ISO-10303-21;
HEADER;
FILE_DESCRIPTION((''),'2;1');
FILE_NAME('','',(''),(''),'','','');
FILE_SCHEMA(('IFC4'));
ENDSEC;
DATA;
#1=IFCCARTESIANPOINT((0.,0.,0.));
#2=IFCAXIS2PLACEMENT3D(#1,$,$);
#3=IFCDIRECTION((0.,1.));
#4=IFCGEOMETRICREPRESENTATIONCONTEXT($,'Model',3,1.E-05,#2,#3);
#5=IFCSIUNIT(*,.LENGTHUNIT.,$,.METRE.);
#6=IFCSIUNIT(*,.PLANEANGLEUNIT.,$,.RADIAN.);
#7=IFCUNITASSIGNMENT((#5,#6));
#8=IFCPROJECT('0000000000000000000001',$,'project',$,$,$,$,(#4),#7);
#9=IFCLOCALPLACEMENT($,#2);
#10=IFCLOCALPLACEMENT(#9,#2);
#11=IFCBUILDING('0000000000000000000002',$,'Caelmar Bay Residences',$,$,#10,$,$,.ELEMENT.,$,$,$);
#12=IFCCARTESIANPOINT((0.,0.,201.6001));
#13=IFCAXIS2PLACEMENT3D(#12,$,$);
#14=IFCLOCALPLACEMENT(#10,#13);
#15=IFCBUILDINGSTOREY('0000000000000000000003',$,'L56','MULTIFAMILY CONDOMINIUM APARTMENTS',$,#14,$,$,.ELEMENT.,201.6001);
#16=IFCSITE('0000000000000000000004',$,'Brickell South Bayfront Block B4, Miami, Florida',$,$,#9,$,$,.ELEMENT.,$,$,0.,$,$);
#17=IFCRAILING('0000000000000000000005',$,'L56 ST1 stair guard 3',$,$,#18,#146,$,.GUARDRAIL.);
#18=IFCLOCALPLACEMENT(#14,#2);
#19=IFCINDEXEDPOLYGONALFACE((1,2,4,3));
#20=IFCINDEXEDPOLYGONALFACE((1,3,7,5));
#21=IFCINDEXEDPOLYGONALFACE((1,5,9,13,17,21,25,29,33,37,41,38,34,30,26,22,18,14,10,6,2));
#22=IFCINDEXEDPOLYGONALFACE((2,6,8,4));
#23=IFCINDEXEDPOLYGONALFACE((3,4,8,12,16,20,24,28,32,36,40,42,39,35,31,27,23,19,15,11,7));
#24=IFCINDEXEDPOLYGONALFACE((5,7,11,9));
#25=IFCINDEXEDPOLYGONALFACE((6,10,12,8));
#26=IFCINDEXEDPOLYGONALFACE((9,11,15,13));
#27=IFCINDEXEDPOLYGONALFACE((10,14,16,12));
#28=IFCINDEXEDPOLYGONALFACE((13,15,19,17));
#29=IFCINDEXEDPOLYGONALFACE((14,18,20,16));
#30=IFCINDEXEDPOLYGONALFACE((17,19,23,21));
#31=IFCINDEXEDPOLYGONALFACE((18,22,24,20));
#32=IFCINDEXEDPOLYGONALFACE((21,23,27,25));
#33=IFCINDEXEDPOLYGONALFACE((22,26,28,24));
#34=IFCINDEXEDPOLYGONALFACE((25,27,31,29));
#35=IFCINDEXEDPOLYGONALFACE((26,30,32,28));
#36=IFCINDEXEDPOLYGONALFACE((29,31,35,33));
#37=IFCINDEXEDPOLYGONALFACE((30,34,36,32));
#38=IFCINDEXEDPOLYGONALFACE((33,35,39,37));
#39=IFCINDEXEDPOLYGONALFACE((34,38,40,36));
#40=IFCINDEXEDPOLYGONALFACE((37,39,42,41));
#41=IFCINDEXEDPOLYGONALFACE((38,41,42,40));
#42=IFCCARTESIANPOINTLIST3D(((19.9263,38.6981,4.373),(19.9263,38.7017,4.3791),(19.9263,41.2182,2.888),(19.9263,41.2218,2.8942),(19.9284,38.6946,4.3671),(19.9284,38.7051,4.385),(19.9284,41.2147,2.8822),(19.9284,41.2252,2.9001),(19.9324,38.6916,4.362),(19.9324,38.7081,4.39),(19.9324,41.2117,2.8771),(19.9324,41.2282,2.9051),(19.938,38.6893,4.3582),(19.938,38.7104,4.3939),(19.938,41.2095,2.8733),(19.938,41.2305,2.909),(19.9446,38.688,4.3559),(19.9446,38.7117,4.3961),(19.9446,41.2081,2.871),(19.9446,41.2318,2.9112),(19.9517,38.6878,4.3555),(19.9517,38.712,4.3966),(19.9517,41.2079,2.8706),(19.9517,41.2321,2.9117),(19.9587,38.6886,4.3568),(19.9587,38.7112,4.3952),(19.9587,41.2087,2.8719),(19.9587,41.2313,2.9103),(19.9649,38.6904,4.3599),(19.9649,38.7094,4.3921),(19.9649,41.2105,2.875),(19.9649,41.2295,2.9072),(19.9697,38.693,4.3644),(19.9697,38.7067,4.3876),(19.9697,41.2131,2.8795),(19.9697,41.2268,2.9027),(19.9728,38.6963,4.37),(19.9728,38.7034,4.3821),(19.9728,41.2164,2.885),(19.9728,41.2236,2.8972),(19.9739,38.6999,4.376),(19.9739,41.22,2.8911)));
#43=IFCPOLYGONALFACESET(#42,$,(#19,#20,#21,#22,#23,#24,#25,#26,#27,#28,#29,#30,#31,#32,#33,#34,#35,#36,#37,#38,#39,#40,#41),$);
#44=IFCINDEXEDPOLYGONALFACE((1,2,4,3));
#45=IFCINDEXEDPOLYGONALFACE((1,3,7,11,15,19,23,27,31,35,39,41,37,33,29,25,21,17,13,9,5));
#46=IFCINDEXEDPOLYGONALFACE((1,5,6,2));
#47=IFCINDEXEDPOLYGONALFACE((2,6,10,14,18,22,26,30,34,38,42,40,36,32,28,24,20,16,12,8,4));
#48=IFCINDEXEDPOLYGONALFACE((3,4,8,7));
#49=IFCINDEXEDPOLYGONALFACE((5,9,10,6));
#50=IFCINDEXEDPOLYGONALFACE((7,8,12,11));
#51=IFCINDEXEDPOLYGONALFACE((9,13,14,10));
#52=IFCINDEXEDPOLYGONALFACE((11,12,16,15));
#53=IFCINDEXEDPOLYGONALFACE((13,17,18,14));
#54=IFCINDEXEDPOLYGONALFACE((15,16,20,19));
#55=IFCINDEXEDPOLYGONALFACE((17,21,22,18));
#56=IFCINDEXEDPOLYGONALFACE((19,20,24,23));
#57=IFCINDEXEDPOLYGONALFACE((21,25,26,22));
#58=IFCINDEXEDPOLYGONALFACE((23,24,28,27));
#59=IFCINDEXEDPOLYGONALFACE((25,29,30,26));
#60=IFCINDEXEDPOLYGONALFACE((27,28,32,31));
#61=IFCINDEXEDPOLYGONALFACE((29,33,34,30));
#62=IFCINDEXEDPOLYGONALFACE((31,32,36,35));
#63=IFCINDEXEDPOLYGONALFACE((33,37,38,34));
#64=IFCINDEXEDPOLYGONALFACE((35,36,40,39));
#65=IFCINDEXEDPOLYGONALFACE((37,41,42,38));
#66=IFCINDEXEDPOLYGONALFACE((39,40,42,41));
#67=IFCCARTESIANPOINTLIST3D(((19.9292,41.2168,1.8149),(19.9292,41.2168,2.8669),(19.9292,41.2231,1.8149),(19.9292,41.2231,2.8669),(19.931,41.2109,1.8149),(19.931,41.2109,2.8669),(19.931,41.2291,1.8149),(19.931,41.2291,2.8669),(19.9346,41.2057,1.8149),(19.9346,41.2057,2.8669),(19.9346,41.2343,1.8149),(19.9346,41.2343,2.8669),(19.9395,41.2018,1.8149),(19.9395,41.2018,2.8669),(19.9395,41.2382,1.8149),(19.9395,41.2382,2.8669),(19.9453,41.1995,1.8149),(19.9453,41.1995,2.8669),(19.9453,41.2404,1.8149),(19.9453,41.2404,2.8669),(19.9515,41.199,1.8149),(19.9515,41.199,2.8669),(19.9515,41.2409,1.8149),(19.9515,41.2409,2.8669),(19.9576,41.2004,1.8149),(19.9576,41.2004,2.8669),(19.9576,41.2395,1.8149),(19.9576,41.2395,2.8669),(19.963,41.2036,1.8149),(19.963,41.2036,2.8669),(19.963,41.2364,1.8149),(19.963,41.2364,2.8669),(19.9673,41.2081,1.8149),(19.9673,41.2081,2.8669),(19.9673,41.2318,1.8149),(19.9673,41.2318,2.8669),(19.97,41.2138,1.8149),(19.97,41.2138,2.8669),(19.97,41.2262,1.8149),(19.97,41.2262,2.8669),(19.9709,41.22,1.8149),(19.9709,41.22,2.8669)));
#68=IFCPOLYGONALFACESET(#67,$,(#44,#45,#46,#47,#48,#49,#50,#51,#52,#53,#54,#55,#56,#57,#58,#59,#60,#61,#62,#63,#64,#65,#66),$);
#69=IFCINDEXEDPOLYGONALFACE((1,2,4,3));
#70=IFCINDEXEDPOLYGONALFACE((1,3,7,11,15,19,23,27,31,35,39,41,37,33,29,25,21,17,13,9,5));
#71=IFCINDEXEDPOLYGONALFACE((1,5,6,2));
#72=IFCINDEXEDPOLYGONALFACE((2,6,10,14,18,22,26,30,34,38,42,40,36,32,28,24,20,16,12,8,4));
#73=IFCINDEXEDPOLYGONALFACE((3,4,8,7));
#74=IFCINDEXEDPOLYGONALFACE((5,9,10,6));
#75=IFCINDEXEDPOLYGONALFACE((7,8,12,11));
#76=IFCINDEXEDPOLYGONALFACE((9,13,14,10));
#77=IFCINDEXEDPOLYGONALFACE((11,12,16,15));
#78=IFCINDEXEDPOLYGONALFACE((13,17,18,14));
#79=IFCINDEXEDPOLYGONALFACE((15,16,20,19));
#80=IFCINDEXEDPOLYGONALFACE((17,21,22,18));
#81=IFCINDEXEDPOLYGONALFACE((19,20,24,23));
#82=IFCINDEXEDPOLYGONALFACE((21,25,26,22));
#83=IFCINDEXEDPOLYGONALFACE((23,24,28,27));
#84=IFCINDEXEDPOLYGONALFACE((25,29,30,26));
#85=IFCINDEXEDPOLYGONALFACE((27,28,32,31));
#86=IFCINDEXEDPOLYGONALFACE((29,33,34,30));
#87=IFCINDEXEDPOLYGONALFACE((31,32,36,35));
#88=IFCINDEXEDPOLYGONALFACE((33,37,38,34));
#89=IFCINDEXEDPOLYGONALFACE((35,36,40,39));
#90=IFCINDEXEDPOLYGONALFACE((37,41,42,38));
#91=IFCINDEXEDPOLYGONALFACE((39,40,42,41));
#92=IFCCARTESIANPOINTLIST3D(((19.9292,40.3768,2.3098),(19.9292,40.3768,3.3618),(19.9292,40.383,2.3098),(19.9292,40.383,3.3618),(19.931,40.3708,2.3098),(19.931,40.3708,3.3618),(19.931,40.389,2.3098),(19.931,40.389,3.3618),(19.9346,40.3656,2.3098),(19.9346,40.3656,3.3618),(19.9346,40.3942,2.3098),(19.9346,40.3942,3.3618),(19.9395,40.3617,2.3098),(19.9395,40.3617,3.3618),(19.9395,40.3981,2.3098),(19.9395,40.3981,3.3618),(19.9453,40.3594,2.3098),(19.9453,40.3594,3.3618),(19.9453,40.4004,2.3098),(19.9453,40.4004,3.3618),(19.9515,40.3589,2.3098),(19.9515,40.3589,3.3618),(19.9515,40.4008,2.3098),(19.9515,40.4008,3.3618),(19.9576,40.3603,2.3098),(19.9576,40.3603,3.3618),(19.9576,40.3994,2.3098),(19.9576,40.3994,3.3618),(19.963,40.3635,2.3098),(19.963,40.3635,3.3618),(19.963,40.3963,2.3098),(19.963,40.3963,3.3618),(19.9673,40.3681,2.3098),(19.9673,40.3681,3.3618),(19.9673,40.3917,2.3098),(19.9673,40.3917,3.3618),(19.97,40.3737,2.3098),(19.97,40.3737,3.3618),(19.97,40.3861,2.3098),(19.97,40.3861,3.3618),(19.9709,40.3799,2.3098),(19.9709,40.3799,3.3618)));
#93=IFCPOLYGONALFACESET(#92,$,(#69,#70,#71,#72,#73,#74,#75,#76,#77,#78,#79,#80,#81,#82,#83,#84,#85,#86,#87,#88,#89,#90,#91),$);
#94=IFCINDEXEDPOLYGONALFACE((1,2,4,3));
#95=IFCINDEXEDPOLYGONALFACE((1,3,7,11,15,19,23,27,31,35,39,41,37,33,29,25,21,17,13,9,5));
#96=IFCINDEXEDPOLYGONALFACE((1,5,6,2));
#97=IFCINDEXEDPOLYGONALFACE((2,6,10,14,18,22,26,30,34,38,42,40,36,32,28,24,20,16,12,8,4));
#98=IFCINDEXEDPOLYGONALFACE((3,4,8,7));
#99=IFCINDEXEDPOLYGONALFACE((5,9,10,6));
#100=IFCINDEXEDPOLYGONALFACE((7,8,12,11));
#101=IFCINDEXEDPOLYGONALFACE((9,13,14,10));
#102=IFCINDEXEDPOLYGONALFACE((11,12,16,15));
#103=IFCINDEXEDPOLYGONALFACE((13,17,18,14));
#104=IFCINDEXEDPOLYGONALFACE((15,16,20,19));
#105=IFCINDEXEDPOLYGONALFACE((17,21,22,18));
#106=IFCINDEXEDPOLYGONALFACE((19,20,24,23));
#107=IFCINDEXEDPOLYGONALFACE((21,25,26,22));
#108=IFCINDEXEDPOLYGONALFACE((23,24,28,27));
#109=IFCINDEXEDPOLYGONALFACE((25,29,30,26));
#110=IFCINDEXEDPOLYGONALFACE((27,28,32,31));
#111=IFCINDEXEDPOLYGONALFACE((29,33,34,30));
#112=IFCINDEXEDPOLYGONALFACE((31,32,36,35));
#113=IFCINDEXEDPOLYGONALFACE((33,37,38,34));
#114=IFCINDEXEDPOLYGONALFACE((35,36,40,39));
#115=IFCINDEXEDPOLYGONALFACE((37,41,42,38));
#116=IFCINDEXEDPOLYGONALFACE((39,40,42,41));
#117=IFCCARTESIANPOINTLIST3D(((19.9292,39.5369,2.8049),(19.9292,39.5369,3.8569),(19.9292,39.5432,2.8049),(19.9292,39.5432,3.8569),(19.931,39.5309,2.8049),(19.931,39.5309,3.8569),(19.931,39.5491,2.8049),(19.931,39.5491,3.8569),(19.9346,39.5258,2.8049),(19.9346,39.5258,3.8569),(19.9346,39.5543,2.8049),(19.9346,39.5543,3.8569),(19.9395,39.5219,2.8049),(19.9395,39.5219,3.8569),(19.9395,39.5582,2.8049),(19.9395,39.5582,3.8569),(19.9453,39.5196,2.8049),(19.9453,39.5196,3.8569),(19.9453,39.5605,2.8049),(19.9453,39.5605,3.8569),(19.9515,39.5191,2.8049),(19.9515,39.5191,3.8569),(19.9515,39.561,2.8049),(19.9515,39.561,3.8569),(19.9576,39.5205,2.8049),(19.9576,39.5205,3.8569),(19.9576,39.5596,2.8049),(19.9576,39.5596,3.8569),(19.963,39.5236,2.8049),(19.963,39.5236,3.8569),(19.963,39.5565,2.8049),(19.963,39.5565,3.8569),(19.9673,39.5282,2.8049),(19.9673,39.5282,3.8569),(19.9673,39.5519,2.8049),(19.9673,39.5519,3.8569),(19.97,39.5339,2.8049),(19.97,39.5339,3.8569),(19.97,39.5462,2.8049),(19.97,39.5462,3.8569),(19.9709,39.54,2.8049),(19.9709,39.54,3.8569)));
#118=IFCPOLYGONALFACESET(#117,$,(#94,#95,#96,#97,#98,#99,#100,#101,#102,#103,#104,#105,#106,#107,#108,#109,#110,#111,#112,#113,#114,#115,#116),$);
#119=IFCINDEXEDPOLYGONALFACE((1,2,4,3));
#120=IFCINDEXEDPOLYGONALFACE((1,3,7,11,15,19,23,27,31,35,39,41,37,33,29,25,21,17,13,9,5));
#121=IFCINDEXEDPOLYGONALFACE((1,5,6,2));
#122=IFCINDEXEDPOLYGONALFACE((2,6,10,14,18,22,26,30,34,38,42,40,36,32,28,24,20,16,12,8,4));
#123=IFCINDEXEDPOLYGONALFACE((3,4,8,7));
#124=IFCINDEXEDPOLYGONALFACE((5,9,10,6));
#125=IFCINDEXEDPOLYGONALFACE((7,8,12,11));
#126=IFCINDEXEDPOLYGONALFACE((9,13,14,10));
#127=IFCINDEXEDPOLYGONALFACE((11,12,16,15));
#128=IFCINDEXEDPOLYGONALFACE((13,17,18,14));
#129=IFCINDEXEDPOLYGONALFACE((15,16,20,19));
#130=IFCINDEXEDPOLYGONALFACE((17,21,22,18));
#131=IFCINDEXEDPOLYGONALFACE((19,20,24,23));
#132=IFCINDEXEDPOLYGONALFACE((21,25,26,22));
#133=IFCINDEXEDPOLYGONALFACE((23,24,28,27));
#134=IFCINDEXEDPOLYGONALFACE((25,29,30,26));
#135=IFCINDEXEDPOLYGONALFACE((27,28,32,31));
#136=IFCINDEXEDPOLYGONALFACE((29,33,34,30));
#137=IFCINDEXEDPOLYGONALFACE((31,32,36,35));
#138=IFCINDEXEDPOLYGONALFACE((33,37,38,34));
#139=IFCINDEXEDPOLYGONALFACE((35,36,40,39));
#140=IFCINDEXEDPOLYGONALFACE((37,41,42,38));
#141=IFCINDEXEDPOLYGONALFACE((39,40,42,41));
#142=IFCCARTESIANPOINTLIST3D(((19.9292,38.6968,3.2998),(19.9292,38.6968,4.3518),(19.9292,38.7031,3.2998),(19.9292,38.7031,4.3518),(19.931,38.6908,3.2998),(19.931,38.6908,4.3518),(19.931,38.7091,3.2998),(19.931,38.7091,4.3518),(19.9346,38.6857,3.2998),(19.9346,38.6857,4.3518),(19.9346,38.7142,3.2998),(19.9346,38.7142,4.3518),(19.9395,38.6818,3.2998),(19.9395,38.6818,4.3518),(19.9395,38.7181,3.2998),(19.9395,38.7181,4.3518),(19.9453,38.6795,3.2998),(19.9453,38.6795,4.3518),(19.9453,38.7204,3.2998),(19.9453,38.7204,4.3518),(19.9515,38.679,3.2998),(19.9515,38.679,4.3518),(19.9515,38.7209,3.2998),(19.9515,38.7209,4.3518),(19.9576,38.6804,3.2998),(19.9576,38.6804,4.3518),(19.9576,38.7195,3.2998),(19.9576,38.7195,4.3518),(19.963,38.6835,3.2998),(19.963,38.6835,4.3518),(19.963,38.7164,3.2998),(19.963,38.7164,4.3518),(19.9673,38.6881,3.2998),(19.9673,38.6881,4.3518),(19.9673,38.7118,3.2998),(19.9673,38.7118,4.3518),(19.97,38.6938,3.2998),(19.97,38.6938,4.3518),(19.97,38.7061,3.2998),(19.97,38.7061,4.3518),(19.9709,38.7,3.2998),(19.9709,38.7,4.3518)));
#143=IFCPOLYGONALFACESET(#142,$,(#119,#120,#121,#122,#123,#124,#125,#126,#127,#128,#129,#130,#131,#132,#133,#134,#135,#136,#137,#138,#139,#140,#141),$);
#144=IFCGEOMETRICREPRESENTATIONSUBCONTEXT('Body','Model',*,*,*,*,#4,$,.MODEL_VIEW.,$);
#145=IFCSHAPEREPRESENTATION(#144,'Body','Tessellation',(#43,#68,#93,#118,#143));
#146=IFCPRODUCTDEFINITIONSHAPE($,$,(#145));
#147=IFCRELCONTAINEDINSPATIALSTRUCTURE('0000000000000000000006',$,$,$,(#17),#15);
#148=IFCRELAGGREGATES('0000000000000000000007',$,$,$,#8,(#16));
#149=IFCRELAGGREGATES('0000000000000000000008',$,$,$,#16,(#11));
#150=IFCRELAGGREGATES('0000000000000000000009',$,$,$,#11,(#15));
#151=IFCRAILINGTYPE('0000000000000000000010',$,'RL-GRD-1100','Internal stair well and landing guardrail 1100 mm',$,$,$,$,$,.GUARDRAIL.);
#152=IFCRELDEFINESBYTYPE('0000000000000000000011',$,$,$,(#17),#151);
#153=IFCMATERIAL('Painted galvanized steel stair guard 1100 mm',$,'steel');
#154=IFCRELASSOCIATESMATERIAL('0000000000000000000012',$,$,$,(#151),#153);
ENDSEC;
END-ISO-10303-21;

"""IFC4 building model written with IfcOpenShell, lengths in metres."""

from ifc_helpers import new_model, si_unit, direction, frame, origin, origin_2d, place, context, subcontext, project, spatial, circle, extrude, material, type_object, element, save


model = new_model("IFC4")

# Units and contexts
model_context = context("Model", 3, precision=1e-05, world=origin(), true_north=direction((0.0, 1.0)))
body_context = subcontext(model_context, "Body", "Model", "MODEL_VIEW")
ifc_project = project(units=[si_unit("LENGTHUNIT", "METRE"), si_unit("PLANEANGLEUNIT", "RADIAN")], contexts=[model_context])

# Site, building, storey
site_placement = place(None, origin())
site = spatial("IfcSite", under=ifc_project, at=site_placement, Name="Brickell South Bayfront Block B4, Miami, Florida", CompositionType="ELEMENT", RefElevation=0.0)
building_placement = place(site_placement, origin())
building = spatial("IfcBuilding", under=site, at=building_placement, Name="Caelmar Bay Residences", CompositionType="ELEMENT")
storey_placement = place(building_placement, frame((0.0, 0.0, 201.6001)))
storey = spatial("IfcBuildingStorey", under=building, at=storey_placement, Name="L56", Description="MULTIFAMILY CONDOMINIUM APARTMENTS", CompositionType="ELEMENT", Elevation=201.6001)

# Railing
ifc_material_1 = material(Name="Painted galvanized steel stair guard 1100 mm", Category="steel")
railing_type_1 = type_object("IfcRailingType", Name="RL-GRD-1100", Description="Internal stair well and landing guardrail 1100 mm", PredefinedType="GUARDRAIL", material=ifc_material_1)
railing_1_placement = place(storey_placement, frame((19.95, 41.22, 1.8149)))
element("IfcRailing", 1, at=railing_1_placement, inside=storey, type_object=railing_type_1, Name="L56 ST1 stair guard 3", PredefinedType="GUARDRAIL", context=body_context, shape_type="SweptSolid", body=[
    extrude(circle(Radius=0.0239, at=origin_2d()), frame((0.0, 0.0, 1.0762), z_axis=(0.0, -0.861561, 0.507655), x_axis=(1.0, 0.0, 0.0)), (0.0, 0.0, 1.0), 2.925),
    extrude(circle(Radius=0.021, at=origin_2d()), origin(), (0.0, 0.0, 1.0), 1.052),
    extrude(circle(Radius=0.021, at=origin_2d()), frame((0.0, -0.8401, 0.4949)), (0.0, 0.0, 1.0), 1.052),
    extrude(circle(Radius=0.021, at=origin_2d()), frame((0.0, -1.6799, 0.99)), (0.0, 0.0, 1.0), 1.052),
    extrude(circle(Radius=0.021, at=origin_2d()), frame((0.0, -2.52, 1.4849)), (0.0, 0.0, 1.0), 1.052),
])

save(model, "model.ifc")
